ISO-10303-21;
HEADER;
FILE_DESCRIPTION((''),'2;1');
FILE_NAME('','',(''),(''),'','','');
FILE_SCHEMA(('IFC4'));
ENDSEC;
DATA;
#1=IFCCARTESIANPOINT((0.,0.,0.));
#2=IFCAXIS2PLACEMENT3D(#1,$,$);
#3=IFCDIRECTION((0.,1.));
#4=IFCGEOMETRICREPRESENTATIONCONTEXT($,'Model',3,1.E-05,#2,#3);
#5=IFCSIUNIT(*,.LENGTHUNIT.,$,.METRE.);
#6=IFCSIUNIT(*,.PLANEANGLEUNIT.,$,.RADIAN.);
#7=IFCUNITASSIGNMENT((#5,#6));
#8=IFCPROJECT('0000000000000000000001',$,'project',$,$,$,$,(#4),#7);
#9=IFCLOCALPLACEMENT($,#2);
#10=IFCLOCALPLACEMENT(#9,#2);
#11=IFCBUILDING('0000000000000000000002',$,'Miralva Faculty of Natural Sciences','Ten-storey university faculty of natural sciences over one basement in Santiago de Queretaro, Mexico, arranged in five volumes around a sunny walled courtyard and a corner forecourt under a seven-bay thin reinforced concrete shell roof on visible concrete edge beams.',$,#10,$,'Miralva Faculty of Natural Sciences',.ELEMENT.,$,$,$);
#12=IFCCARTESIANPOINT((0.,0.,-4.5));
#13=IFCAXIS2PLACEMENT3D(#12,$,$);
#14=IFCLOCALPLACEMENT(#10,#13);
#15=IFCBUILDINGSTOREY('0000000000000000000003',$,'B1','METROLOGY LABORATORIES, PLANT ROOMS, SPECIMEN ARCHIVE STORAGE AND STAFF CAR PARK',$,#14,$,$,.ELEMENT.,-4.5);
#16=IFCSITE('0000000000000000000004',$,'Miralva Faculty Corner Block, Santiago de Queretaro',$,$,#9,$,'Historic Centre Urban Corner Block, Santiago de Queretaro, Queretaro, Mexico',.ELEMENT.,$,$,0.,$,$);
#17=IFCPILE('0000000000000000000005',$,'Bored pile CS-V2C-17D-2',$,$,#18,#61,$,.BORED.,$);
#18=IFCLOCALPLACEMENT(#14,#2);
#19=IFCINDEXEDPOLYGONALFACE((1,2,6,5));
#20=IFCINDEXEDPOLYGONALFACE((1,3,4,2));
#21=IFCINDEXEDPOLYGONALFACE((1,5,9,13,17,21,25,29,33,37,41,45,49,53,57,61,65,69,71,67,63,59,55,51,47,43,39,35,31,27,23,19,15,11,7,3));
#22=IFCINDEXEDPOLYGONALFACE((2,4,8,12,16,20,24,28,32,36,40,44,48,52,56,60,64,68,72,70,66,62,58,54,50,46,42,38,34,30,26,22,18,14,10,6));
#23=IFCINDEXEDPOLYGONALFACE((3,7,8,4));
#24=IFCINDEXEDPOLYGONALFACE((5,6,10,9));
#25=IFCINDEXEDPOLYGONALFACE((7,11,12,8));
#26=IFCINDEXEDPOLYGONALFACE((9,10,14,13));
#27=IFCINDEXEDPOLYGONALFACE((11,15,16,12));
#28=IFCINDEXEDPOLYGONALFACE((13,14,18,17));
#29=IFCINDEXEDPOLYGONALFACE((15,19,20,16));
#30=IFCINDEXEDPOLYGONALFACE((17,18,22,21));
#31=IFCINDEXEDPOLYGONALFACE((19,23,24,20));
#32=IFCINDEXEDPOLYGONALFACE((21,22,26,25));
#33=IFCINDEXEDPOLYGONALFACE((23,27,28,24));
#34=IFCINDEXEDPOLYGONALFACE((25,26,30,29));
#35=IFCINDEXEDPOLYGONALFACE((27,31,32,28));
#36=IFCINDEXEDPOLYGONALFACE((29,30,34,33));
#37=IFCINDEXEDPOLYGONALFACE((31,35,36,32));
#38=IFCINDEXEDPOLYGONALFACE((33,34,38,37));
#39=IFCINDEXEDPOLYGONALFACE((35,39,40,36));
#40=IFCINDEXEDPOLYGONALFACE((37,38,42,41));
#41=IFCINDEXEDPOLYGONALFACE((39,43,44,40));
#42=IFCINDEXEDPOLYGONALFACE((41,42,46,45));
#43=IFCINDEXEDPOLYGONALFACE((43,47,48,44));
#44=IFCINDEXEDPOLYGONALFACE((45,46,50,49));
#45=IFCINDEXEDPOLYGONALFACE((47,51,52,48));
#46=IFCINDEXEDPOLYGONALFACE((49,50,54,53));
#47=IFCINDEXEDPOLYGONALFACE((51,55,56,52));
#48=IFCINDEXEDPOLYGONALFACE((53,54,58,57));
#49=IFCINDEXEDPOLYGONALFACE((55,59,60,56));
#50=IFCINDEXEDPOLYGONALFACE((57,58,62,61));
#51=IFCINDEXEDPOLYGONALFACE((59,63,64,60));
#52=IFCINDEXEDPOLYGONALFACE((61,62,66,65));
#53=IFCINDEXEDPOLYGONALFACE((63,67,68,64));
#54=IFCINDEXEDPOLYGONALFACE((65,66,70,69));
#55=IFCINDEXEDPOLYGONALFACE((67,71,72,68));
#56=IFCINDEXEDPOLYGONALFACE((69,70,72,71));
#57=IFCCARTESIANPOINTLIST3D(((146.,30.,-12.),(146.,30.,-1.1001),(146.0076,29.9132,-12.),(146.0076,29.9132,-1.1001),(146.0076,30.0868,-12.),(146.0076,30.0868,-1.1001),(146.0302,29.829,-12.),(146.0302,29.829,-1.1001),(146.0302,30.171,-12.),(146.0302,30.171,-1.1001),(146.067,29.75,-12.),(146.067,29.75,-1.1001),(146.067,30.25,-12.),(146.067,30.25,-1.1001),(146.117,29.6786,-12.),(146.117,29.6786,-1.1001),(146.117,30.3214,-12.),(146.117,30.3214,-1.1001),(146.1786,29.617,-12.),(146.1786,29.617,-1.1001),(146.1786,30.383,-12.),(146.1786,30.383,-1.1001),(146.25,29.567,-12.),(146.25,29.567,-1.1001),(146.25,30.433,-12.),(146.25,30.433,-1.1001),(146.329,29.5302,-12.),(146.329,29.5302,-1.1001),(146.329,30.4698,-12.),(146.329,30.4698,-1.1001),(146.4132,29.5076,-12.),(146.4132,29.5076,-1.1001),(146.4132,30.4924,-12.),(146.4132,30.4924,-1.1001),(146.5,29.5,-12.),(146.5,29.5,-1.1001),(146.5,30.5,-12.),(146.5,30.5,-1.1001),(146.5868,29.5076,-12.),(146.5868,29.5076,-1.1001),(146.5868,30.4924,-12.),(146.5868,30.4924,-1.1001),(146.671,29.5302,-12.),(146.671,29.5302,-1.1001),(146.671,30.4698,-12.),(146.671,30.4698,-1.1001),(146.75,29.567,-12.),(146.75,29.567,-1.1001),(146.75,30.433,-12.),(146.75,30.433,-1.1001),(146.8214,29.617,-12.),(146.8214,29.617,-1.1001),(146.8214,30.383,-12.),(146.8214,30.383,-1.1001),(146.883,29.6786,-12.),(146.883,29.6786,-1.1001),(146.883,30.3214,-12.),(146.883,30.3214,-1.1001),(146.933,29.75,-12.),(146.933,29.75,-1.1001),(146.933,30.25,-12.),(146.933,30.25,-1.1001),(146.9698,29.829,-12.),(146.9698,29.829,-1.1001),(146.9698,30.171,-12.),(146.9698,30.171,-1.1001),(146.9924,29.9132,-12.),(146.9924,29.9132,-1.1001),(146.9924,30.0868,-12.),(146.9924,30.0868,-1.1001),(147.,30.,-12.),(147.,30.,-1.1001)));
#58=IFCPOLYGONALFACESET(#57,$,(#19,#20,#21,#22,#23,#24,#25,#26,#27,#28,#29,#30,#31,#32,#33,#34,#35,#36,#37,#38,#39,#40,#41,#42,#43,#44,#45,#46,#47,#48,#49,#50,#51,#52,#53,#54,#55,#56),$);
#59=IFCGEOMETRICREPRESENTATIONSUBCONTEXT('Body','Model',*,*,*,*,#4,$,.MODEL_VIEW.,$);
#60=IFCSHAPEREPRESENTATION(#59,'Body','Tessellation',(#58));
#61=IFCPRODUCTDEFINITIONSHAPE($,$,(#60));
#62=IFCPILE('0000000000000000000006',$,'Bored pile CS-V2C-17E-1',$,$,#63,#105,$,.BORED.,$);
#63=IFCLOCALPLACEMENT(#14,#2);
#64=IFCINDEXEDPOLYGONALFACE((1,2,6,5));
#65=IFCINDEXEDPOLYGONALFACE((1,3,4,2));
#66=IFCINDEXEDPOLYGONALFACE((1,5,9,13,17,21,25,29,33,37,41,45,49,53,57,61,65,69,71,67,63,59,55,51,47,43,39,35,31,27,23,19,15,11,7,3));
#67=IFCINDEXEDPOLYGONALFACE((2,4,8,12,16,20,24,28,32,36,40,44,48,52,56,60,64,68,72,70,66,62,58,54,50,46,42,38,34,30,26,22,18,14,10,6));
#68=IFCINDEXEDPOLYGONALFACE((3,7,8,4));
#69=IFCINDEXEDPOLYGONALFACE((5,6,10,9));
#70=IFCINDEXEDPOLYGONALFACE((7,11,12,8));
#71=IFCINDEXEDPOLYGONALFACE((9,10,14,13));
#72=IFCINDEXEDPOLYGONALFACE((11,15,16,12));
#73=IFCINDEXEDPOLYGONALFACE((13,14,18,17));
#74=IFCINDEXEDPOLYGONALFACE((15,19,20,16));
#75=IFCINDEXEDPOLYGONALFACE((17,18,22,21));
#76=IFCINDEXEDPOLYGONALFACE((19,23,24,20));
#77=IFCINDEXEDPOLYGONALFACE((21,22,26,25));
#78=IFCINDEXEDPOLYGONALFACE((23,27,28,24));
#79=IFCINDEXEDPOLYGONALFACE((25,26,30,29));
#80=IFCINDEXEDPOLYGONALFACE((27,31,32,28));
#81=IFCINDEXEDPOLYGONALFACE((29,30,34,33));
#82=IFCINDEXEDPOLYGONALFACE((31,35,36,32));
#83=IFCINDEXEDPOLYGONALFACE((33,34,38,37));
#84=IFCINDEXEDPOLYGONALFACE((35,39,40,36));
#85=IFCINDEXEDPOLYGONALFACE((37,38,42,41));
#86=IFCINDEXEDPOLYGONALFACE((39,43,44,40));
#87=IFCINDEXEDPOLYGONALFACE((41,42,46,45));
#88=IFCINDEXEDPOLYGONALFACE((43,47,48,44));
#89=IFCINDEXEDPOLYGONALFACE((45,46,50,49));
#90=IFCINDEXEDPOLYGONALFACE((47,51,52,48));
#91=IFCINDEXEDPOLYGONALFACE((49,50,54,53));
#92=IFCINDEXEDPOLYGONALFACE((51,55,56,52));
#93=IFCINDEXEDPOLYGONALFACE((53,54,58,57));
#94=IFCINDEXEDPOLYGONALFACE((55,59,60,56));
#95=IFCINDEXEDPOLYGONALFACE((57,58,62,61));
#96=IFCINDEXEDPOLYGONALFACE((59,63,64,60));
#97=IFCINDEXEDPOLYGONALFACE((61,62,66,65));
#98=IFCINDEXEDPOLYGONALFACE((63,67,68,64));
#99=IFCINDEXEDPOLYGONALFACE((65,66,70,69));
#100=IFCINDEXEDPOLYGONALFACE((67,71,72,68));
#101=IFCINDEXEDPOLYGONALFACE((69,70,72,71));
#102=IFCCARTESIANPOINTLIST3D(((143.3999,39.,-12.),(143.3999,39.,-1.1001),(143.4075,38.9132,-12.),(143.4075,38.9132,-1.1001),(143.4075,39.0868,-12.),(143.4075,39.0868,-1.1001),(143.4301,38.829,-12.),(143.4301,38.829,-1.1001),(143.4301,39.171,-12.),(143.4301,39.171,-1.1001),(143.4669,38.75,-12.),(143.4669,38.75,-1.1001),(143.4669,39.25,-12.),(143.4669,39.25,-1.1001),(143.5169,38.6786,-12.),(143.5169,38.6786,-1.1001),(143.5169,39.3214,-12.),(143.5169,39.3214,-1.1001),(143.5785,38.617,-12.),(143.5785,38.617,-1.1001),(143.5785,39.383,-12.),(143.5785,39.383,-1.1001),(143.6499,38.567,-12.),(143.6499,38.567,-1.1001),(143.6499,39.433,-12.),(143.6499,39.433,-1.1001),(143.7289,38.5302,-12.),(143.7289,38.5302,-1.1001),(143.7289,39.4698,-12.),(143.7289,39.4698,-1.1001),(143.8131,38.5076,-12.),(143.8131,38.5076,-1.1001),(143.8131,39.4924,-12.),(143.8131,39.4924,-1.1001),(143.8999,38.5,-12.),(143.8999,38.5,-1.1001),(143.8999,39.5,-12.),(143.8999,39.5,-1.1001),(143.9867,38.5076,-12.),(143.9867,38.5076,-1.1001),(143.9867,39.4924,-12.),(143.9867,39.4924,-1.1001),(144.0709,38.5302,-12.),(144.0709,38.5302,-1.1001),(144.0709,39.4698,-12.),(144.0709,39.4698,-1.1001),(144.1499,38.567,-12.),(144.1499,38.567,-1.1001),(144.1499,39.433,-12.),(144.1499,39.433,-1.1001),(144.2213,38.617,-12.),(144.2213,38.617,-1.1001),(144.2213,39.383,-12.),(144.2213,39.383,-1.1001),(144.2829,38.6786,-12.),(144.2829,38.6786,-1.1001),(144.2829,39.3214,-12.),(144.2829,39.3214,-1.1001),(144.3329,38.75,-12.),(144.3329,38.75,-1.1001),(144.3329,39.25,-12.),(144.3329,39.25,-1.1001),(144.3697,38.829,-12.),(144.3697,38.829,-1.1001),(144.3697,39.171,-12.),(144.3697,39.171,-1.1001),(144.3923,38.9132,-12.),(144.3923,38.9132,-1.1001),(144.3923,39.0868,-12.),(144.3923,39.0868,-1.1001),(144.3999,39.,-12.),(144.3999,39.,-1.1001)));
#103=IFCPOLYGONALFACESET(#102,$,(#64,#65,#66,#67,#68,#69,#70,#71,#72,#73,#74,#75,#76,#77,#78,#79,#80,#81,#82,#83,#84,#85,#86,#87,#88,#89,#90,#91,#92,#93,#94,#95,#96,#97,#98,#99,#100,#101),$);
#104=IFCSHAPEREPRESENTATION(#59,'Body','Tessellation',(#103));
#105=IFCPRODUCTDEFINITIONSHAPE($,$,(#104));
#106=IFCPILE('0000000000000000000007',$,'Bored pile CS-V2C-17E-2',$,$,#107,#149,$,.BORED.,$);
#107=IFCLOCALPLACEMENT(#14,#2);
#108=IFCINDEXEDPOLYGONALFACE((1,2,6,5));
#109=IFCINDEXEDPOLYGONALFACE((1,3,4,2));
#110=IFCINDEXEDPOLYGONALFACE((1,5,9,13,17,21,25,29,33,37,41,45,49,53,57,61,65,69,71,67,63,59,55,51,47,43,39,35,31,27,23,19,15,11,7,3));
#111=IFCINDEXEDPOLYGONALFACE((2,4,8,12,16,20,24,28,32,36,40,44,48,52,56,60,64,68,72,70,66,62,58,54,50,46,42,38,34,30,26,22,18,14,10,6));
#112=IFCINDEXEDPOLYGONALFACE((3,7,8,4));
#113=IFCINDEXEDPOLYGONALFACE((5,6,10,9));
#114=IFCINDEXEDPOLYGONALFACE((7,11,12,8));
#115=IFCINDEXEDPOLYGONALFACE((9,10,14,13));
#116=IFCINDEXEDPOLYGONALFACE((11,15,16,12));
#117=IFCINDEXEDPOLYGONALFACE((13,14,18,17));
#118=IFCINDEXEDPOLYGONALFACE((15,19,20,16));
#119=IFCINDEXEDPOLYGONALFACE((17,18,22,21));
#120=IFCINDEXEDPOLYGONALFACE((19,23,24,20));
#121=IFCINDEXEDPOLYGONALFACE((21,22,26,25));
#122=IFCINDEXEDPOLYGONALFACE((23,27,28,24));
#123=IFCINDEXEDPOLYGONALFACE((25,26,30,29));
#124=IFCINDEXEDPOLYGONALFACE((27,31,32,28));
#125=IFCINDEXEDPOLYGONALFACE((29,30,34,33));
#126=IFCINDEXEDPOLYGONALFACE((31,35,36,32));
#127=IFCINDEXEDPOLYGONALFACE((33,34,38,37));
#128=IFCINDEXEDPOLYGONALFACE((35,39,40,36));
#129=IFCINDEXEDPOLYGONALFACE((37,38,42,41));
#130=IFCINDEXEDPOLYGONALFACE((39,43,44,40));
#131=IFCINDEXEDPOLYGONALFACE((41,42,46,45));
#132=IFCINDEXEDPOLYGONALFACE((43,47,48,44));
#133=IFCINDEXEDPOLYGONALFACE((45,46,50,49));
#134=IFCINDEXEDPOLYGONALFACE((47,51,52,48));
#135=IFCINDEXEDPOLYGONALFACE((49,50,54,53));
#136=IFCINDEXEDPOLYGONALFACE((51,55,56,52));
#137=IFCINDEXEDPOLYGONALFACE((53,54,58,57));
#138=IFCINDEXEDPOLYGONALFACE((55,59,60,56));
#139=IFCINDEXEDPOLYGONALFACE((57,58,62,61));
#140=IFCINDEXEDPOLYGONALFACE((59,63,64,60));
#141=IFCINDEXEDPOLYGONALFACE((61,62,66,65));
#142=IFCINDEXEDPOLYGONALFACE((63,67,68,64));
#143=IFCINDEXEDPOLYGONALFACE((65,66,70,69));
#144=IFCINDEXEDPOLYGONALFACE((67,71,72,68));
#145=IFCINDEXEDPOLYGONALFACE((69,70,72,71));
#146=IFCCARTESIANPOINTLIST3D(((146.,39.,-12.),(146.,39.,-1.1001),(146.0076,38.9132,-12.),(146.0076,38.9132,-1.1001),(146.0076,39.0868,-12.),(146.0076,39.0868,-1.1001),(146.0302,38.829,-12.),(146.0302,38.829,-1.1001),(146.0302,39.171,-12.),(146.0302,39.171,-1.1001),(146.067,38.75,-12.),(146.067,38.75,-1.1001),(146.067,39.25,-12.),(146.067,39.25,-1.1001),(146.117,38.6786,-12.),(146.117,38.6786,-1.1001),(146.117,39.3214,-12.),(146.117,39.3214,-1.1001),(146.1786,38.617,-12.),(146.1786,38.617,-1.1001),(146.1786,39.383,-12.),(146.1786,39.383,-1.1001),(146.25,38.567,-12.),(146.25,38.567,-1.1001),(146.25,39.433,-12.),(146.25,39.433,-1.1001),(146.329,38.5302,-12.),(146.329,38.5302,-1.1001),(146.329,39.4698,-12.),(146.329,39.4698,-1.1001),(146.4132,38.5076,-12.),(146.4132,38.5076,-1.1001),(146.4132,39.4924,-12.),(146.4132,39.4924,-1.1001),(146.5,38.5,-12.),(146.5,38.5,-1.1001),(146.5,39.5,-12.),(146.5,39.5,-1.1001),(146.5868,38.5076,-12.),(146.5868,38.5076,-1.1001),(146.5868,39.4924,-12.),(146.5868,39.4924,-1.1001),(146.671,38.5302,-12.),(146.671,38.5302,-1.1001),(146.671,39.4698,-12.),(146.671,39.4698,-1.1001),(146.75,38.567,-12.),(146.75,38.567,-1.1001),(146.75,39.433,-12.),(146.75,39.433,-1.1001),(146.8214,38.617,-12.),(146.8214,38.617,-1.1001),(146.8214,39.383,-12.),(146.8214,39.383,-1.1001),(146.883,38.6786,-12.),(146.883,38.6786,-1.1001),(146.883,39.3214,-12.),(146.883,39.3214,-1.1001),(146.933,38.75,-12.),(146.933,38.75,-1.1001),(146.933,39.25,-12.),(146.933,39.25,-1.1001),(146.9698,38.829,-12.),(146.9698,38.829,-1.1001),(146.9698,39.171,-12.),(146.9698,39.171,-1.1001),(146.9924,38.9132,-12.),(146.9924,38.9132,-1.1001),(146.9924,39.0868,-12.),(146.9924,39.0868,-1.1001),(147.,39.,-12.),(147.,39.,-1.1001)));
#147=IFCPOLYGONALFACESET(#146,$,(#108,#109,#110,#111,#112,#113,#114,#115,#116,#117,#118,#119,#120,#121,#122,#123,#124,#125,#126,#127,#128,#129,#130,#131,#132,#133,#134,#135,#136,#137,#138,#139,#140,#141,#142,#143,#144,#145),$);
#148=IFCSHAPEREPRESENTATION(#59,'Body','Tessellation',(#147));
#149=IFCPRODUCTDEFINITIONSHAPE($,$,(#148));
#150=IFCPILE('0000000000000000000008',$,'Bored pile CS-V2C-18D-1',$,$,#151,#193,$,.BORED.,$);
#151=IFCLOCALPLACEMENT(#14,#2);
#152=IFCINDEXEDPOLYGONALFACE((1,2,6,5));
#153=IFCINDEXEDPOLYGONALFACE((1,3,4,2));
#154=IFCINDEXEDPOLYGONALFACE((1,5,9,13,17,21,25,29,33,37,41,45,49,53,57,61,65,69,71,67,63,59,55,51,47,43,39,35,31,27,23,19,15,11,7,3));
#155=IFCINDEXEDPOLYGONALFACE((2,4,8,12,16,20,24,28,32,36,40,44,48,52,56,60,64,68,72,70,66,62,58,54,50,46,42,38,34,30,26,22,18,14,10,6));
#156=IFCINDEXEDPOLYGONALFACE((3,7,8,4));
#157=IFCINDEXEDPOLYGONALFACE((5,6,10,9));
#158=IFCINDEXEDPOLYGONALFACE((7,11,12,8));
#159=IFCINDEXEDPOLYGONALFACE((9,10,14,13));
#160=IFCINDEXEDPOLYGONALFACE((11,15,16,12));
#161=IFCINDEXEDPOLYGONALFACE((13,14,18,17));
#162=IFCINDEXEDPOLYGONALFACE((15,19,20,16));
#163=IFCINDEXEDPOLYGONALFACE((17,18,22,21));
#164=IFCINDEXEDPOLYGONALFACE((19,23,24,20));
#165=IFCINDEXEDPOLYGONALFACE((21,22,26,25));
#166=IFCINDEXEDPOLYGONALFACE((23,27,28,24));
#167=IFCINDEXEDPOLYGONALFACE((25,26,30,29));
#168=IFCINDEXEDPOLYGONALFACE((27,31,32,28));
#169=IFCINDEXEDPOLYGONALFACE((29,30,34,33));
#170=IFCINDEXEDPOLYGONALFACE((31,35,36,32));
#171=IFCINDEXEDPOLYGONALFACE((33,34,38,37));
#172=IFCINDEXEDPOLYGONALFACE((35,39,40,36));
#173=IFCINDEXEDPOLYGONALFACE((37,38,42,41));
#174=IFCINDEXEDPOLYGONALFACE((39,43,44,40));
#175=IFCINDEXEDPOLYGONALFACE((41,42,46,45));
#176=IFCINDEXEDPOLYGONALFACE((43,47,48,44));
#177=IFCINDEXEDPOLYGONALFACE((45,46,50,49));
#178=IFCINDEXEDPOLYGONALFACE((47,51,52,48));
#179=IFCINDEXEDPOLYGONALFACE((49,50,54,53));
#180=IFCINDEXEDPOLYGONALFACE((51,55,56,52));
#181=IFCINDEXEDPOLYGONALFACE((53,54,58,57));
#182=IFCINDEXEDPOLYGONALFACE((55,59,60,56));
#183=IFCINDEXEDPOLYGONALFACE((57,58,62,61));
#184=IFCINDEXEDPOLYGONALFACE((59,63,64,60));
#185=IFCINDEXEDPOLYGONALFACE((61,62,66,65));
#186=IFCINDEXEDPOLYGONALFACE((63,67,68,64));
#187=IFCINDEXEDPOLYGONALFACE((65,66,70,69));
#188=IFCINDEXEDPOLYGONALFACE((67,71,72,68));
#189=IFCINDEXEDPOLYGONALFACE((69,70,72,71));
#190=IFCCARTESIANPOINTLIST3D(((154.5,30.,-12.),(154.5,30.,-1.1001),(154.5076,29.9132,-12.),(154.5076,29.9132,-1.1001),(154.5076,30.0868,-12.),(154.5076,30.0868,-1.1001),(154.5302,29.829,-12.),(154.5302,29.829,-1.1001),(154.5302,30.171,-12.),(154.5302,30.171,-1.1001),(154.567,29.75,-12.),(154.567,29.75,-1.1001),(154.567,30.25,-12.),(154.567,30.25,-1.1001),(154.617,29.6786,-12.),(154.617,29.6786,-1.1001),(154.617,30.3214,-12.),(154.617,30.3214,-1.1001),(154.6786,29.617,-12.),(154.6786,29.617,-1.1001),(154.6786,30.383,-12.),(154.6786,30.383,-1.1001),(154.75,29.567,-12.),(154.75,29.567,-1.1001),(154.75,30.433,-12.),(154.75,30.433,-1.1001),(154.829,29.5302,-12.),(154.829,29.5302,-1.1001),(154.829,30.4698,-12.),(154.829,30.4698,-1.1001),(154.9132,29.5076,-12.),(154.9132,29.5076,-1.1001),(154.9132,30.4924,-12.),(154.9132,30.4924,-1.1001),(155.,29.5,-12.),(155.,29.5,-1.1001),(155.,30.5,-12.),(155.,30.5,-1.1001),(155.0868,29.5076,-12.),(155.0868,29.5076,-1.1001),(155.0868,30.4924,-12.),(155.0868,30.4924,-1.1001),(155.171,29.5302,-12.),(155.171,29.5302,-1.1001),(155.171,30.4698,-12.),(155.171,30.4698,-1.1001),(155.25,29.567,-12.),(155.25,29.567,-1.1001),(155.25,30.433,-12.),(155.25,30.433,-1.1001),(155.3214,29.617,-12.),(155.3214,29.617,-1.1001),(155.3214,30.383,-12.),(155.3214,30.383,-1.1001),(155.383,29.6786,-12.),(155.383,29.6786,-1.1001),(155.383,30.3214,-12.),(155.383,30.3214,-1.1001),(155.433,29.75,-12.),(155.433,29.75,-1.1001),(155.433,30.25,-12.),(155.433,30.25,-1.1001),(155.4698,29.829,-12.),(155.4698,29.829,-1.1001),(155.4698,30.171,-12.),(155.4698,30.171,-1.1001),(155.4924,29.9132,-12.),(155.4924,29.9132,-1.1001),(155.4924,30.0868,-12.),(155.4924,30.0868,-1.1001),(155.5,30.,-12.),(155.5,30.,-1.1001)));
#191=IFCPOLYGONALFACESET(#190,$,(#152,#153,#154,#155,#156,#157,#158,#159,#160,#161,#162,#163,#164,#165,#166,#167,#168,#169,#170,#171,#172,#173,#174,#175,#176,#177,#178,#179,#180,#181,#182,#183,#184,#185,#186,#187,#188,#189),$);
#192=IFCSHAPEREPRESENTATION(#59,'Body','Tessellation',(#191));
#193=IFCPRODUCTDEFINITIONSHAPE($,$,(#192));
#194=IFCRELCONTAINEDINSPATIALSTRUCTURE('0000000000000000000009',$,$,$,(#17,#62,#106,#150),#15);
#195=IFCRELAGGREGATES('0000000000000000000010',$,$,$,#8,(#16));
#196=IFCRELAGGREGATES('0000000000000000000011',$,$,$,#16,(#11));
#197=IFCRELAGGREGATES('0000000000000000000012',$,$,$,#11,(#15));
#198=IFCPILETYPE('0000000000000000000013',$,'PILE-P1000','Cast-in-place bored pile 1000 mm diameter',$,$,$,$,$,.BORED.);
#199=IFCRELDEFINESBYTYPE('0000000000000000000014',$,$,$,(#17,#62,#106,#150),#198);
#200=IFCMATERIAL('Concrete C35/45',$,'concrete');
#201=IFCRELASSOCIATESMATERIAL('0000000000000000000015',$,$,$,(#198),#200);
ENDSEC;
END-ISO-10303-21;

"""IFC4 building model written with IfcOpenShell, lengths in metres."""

from ifc_helpers import new_model, si_unit, direction, frame, origin, origin_2d, place, context, subcontext, project, spatial, circle, extrude, material, material_profile, profile_set, type_object, element, save


model = new_model("IFC4")

# Units and contexts
model_context = context("Model", 3, precision=1e-05, world=origin(), true_north=direction((0.0, 1.0)))
body_context = subcontext(model_context, "Body", "Model", "MODEL_VIEW")
ifc_project = project(units=[si_unit("LENGTHUNIT", "METRE"), si_unit("PLANEANGLEUNIT", "RADIAN")], contexts=[model_context])

# Site, building, storey
site_placement = place(None, origin())
site = spatial("IfcSite", under=ifc_project, at=site_placement, Name="Miralva Faculty Corner Block, Santiago de Queretaro", LongName="Historic Centre Urban Corner Block, Santiago de Queretaro, Queretaro, Mexico", CompositionType="ELEMENT", RefElevation=0.0)
building_placement = place(site_placement, origin())
building = spatial("IfcBuilding", under=site, at=building_placement, Name="Miralva Faculty of Natural Sciences", Description="Ten-storey university faculty of natural sciences over one basement in Santiago de Queretaro, Mexico, arranged in five volumes around a sunny walled courtyard and a corner forecourt under a seven-bay thin reinforced concrete shell roof on visible concrete edge beams.", LongName="Miralva Faculty of Natural Sciences", CompositionType="ELEMENT")
storey_placement = place(building_placement, frame((0.0, 0.0, -4.5)))
storey = spatial("IfcBuildingStorey", under=building, at=storey_placement, Name="B1", Description="METROLOGY LABORATORIES, PLANT ROOMS, SPECIMEN ARCHIVE STORAGE AND STAFF CAR PARK", CompositionType="ELEMENT", Elevation=-4.5)

# Shared definitions
ifc_material_1 = material(Name="Concrete C35/45", Category="concrete")

# Piles
ifc_material_profile_1 = material_profile(ifc_material_1, circle(Radius=0.5, at=origin_2d()), Name="BORED PILE 1000")
ifc_profile_set_1 = profile_set([ifc_material_profile_1], Name="Concrete C35/45")
pile_type = type_object("IfcPileType", Name="PILE-P1000", Description="Cast-in-place bored pile 1000 mm diameter", PredefinedType="BORED", material=ifc_profile_set_1)
for number, where, z_axis, x_axis, name in (
    (1, (146.5, 30.0, -1.1001), (0.0, 0.0, -1.0), (1.0, 0.0, 0.0), "Bored pile CS-V2C-17D-2"),
    (2, (143.8999, 39.0, -1.1001), (0.0, 0.0, -1.0), (1.0, 0.0, 0.0), "Bored pile CS-V2C-17E-1"),
    (3, (146.5, 39.0, -1.1001), (0.0, 0.0, -1.0), (1.0, 0.0, 0.0), "Bored pile CS-V2C-17E-2"),
    (4, (155.0, 30.0, -1.1001), (0.0, 0.0, -1.0), (1.0, 0.0, 0.0), "Bored pile CS-V2C-18D-1"),
):
    element("IfcPile", number, at=place(storey_placement, frame(where, z_axis=z_axis, x_axis=x_axis)), inside=storey, type_object=pile_type, Name=name, PredefinedType="BORED", context=body_context, shape_type="SweptSolid", body=[
        extrude(circle(Radius=0.5, at=origin_2d()), origin(), (0.0, 0.0, 1.0), 10.8999),
    ])

save(model, "model.ifc")
